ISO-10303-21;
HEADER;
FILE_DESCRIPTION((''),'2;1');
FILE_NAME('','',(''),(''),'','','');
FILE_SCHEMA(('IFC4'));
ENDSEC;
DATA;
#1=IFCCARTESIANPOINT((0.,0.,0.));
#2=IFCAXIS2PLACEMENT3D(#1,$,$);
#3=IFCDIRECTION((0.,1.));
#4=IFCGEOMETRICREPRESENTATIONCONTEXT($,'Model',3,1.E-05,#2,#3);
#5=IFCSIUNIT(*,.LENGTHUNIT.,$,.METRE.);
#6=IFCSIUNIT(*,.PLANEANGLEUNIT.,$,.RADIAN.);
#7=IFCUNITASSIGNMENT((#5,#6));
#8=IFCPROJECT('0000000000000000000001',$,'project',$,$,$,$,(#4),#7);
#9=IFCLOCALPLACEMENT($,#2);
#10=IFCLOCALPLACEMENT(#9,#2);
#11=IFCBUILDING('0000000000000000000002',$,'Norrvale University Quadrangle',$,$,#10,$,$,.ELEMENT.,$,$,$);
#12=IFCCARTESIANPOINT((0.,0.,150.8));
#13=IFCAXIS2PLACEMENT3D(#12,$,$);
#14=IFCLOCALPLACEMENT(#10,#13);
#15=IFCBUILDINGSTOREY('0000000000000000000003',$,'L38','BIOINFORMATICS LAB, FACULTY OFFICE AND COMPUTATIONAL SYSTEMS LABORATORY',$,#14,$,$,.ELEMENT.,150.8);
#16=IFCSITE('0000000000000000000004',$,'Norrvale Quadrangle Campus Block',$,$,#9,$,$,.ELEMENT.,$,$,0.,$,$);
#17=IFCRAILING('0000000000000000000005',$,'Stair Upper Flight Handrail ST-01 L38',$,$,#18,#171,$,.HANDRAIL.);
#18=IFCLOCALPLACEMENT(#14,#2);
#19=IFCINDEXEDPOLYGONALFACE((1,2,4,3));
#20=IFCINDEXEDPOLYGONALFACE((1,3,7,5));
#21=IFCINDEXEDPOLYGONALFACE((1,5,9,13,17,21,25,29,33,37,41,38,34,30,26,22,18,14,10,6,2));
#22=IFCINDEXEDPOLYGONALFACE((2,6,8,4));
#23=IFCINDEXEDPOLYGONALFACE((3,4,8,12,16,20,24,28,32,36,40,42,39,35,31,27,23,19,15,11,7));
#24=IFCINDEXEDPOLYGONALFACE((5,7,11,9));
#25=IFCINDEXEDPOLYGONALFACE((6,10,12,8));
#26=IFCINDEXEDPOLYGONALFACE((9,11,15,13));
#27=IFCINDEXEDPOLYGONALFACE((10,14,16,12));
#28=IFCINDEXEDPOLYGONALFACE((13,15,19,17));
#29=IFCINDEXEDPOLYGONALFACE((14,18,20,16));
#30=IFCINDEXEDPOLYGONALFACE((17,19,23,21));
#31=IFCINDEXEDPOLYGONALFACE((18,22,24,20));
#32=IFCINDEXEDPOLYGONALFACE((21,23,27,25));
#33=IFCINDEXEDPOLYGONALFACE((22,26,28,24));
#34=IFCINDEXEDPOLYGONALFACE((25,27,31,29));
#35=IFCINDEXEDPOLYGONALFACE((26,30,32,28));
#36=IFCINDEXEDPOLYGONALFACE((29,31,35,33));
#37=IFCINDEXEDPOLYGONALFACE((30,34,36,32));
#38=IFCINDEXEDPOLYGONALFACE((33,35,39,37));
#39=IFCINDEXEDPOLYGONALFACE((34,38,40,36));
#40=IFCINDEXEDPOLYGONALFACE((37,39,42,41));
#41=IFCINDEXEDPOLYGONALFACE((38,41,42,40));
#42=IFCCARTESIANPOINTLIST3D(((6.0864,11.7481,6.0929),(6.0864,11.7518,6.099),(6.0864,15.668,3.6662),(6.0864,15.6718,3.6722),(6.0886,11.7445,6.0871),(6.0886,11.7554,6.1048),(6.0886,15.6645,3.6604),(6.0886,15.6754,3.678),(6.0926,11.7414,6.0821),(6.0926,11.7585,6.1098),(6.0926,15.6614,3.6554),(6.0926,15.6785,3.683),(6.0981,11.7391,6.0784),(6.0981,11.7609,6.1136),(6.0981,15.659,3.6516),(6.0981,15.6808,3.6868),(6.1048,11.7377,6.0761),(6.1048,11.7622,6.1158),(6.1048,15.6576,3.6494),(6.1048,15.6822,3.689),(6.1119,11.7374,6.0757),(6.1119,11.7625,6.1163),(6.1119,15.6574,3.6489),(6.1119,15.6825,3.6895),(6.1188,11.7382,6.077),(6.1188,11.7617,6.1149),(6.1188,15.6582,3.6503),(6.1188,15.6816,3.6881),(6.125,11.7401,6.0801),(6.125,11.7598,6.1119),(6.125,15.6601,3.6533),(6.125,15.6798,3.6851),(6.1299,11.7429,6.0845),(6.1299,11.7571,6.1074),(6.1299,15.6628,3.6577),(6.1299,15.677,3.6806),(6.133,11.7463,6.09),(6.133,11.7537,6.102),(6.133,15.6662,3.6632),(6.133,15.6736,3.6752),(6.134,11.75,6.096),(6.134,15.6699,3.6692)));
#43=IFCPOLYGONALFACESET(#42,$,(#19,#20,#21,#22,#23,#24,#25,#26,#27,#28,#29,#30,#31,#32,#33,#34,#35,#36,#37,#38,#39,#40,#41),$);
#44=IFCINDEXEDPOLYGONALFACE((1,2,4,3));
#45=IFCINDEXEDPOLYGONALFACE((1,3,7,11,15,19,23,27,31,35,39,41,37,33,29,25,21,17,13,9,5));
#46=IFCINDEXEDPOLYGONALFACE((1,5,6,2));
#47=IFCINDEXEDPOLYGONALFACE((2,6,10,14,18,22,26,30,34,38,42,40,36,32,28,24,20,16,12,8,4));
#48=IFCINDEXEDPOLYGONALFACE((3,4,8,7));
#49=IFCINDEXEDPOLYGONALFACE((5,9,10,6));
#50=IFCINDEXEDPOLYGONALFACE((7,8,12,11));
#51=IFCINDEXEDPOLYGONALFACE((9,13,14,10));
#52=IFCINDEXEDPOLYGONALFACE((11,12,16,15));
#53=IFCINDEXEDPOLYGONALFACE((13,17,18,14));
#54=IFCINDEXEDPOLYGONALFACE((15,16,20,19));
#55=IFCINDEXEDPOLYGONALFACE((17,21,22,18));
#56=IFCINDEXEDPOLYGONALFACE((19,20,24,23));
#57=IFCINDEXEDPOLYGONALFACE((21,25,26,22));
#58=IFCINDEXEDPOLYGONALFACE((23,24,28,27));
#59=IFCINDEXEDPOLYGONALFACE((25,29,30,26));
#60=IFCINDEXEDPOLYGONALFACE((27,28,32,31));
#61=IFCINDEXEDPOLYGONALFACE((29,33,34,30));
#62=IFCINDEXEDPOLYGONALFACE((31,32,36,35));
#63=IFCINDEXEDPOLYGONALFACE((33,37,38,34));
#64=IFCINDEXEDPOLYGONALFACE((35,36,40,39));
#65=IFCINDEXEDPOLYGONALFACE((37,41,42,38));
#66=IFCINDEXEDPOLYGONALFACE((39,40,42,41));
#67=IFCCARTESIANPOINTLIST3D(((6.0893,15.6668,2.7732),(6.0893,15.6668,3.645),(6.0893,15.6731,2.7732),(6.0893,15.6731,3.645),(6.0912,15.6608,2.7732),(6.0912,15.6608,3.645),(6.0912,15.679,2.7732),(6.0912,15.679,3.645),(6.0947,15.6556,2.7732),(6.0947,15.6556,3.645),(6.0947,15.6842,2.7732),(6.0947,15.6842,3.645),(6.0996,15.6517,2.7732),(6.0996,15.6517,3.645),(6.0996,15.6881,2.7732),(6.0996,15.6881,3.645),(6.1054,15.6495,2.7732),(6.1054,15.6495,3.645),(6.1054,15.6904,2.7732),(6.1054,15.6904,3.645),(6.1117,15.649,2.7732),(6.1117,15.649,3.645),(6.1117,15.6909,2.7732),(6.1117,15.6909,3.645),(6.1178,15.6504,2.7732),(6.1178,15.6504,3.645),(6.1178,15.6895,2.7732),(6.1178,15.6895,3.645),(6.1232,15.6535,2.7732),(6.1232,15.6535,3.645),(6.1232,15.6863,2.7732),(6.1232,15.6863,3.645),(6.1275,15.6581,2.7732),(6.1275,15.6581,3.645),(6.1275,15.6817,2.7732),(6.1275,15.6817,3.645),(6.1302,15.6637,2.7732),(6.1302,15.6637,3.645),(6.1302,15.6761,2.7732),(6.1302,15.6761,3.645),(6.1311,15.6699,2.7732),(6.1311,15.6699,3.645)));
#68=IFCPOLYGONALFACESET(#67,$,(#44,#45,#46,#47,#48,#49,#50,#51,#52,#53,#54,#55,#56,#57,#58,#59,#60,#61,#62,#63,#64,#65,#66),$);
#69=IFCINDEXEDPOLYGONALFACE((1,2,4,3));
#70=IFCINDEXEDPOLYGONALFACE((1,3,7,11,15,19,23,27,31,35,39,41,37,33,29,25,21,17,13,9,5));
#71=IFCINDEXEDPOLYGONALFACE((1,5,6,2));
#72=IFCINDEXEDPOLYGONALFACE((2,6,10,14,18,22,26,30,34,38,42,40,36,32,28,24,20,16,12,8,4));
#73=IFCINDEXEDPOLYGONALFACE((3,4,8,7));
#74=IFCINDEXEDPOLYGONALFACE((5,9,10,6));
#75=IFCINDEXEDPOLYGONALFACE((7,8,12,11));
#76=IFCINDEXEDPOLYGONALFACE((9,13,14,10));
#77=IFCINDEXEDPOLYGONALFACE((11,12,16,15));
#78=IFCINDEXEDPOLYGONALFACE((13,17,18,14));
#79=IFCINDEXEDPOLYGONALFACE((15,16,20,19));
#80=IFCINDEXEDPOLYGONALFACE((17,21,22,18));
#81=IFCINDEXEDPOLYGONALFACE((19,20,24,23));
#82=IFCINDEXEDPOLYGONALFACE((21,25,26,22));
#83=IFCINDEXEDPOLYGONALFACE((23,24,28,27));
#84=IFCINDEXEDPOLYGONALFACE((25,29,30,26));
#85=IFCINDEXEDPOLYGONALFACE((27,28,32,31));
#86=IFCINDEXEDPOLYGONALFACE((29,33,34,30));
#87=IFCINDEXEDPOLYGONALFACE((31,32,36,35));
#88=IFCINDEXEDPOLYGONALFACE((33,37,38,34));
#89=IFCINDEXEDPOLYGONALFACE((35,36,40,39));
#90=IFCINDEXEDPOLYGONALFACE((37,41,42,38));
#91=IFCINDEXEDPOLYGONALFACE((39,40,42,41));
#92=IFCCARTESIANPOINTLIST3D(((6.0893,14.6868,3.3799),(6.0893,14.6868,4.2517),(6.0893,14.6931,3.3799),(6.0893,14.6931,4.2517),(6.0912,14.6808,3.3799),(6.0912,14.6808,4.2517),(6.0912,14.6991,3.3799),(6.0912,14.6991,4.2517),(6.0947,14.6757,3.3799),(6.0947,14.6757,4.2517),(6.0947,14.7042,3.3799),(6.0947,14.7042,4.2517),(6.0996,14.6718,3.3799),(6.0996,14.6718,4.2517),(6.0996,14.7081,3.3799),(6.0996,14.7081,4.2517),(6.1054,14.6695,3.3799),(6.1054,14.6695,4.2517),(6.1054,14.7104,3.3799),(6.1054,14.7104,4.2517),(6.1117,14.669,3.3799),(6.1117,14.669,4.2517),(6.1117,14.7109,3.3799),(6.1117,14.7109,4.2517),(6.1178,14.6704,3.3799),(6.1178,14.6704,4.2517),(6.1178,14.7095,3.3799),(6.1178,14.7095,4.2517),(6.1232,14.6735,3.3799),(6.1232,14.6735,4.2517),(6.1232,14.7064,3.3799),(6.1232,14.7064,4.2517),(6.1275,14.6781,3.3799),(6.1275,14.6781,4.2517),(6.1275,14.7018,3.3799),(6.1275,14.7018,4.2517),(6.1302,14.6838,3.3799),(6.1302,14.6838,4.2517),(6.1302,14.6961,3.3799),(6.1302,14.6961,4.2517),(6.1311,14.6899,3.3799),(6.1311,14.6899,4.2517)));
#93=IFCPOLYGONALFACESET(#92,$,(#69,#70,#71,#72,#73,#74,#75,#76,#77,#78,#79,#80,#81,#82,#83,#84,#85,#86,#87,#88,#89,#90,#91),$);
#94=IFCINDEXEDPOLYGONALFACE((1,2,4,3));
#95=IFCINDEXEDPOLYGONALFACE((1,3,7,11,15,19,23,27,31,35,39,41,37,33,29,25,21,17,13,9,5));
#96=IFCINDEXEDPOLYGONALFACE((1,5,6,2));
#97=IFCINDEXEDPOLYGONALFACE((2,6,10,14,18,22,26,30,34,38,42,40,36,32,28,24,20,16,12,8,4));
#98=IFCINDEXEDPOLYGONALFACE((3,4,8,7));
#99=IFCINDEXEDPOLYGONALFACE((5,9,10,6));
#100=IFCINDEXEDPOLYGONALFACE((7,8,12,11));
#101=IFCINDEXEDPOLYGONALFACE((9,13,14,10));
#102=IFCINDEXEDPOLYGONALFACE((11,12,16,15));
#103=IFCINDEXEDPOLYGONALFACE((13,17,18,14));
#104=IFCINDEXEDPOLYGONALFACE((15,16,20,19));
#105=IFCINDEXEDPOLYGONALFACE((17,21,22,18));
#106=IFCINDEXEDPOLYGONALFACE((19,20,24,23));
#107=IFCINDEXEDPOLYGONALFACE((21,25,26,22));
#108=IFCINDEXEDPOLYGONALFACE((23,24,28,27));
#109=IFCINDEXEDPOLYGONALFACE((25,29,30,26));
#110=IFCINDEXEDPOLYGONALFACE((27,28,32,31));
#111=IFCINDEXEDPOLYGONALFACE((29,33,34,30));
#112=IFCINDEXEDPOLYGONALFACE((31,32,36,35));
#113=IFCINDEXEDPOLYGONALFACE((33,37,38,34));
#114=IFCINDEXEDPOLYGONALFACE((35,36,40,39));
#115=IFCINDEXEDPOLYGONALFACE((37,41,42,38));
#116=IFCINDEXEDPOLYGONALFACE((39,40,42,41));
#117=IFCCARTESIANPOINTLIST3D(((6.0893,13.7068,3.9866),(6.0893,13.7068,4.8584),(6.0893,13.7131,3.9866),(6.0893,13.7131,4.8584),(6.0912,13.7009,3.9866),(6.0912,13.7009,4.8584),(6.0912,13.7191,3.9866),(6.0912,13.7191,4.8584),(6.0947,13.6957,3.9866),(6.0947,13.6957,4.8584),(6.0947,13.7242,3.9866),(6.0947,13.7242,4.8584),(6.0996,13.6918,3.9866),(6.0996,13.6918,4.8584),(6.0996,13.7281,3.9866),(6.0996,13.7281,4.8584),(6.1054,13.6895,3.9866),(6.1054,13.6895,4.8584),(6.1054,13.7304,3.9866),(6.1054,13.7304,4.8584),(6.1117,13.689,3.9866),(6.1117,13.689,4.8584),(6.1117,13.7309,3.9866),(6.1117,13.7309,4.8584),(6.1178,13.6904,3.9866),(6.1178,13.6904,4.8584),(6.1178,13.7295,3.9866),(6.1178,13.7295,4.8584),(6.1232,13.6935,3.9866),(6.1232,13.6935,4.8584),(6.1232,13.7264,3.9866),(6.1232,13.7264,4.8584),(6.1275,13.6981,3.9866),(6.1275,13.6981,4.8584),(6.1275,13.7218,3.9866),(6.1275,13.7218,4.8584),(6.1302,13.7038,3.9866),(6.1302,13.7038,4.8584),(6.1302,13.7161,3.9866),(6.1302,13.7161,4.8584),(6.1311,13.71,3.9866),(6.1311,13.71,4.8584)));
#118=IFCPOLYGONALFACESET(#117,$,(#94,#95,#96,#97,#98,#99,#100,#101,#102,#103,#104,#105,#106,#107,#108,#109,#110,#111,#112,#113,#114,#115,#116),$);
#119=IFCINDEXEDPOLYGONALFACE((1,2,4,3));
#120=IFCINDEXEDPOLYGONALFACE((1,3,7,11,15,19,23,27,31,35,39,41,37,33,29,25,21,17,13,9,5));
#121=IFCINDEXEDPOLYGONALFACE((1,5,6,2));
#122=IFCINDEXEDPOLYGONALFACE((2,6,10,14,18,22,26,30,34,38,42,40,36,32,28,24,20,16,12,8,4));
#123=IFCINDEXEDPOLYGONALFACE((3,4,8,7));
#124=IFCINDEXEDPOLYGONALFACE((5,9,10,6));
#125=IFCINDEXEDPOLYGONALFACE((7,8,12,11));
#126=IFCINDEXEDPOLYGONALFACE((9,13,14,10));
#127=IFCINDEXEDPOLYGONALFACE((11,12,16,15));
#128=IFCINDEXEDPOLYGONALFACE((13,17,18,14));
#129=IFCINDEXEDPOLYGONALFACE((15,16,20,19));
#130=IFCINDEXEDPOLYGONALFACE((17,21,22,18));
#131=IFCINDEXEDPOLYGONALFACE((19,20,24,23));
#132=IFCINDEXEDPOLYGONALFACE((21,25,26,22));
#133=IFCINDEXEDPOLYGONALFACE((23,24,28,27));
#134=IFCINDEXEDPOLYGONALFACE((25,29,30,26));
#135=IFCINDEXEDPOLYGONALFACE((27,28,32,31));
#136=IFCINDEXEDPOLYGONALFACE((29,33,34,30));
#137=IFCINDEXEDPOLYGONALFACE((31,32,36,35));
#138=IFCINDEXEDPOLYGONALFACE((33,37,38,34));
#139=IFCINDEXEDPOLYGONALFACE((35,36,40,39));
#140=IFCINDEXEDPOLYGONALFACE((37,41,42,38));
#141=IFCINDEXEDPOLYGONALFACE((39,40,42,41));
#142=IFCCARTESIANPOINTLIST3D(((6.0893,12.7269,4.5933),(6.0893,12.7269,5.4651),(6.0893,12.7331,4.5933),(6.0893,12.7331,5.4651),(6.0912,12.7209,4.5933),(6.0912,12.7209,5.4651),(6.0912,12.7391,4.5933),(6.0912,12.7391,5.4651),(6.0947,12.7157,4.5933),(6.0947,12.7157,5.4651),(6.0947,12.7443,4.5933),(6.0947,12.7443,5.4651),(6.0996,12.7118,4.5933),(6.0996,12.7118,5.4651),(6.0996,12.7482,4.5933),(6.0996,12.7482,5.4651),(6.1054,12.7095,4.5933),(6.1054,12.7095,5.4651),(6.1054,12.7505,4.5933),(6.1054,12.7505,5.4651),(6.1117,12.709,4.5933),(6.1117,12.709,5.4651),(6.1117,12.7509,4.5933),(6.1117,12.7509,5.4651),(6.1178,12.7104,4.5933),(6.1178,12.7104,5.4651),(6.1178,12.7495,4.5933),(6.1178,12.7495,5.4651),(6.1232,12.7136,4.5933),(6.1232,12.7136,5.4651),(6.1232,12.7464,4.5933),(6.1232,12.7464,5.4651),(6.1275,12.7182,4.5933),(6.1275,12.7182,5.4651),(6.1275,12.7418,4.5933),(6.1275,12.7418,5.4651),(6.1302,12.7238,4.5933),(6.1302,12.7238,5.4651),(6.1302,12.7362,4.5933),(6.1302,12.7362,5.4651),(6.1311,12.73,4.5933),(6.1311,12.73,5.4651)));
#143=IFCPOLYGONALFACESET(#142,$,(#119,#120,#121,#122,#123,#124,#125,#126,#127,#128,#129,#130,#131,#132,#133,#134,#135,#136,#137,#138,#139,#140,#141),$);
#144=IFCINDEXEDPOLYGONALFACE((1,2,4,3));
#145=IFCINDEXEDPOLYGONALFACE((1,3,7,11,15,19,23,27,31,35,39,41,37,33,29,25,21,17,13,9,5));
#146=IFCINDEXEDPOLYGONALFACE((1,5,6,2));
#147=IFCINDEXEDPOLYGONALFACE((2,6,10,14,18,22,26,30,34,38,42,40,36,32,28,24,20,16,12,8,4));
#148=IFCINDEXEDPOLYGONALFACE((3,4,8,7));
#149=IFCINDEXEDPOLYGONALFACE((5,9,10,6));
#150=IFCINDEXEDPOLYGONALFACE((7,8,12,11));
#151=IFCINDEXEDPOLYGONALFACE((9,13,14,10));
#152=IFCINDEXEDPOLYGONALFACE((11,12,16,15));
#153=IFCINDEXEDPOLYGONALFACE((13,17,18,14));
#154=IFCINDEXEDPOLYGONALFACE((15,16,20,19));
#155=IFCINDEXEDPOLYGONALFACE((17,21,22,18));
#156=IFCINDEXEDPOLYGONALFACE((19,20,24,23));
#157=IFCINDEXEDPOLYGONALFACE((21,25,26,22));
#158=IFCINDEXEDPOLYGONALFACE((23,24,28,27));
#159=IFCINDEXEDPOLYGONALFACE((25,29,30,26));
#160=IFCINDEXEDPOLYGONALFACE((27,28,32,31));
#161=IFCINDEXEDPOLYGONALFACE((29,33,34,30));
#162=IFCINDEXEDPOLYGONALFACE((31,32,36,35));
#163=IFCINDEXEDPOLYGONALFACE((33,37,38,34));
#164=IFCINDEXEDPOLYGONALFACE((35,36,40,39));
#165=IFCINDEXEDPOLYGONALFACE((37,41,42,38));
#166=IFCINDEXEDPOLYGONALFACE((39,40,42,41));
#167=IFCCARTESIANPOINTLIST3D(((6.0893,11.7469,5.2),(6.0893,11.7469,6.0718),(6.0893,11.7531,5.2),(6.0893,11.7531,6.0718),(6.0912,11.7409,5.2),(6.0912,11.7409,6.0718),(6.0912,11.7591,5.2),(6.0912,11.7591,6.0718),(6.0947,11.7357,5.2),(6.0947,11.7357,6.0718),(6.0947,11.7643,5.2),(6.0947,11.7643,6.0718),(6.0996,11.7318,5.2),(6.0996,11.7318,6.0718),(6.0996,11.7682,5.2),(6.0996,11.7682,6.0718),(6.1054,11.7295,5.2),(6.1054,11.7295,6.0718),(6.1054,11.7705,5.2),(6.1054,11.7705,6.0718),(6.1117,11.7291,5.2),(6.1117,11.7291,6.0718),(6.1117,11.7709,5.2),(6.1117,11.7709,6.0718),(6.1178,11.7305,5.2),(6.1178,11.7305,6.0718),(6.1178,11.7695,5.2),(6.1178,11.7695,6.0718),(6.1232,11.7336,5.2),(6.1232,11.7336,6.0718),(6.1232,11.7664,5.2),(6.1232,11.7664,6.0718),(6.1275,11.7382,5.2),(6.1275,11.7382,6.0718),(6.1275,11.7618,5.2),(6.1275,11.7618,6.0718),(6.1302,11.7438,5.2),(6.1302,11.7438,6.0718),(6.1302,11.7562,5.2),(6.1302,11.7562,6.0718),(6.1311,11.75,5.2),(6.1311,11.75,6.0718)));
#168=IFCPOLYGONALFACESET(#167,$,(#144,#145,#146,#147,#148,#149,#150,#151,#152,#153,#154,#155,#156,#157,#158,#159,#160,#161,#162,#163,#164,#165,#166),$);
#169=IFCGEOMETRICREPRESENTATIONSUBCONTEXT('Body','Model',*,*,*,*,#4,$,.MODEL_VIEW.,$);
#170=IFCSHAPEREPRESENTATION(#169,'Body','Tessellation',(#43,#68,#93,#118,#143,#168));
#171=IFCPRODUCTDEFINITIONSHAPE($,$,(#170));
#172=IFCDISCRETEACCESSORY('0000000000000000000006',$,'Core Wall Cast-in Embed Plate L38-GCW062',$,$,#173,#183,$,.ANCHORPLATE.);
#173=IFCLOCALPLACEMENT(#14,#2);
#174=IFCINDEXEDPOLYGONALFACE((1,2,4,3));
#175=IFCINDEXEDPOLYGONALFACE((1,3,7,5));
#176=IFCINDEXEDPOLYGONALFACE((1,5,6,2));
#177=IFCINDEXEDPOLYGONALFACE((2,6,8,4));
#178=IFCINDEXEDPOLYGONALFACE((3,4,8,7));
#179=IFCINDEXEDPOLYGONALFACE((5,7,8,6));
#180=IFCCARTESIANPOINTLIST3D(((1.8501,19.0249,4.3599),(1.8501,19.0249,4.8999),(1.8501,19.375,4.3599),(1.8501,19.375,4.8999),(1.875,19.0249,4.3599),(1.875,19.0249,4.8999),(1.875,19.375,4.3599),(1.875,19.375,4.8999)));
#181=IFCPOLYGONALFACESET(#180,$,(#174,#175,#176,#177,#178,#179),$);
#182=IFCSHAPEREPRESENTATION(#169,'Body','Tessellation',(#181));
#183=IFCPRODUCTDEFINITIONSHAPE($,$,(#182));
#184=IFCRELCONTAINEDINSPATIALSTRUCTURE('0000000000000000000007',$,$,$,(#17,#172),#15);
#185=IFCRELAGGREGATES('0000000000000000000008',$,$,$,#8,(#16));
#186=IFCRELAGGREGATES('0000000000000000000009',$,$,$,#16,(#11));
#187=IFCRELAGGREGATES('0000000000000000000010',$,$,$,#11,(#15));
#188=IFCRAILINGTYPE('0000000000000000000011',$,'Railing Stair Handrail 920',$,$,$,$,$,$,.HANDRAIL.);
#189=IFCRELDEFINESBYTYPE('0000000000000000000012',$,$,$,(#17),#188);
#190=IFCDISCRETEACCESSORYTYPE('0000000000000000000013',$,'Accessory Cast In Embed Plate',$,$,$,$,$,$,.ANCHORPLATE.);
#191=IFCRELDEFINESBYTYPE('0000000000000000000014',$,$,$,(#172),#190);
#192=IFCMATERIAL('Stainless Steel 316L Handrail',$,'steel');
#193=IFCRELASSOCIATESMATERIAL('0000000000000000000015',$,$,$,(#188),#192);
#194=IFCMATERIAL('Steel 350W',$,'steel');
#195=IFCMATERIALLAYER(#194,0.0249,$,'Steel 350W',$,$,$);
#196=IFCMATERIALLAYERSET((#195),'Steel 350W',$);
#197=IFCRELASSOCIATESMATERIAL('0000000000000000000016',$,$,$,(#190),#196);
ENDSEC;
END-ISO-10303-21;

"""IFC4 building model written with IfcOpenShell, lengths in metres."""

from ifc_helpers import new_model, si_unit, direction, frame, origin, origin_2d, place, context, subcontext, project, spatial, rectangle, circle, extrude, material, layer, layer_set, type_object, element, save


model = new_model("IFC4")

# Units and contexts
model_context = context("Model", 3, precision=1e-05, world=origin(), true_north=direction((0.0, 1.0)))
body_context = subcontext(model_context, "Body", "Model", "MODEL_VIEW")
ifc_project = project(units=[si_unit("LENGTHUNIT", "METRE"), si_unit("PLANEANGLEUNIT", "RADIAN")], contexts=[model_context])

# Site, building, storey
site_placement = place(None, origin())
site = spatial("IfcSite", under=ifc_project, at=site_placement, Name="Norrvale Quadrangle Campus Block", CompositionType="ELEMENT", RefElevation=0.0)
building_placement = place(site_placement, origin())
building = spatial("IfcBuilding", under=site, at=building_placement, Name="Norrvale University Quadrangle", CompositionType="ELEMENT")
storey_placement = place(building_placement, frame((0.0, 0.0, 150.8)))
storey = spatial("IfcBuildingStorey", under=building, at=storey_placement, Name="L38", Description="BIOINFORMATICS LAB, FACULTY OFFICE AND COMPUTATIONAL SYSTEMS LABORATORY", CompositionType="ELEMENT", Elevation=150.8)

# Shared definitions
ifc_material_1 = material(Name="Steel 350W", Category="steel")

# Railing
ifc_material_2 = material(Name="Stainless Steel 316L Handrail", Category="steel")
railing_type_1 = type_object("IfcRailingType", Name="Railing Stair Handrail 920", PredefinedType="HANDRAIL", material=ifc_material_2)
railing_1_placement = place(storey_placement, frame((6.1101, 15.6699, 2.7732)))
element("IfcRailing", 1, at=railing_1_placement, inside=storey, type_object=railing_type_1, Name="Stair Upper Flight Handrail ST-01 L38", PredefinedType="HANDRAIL", context=body_context, shape_type="SweptSolid", body=[
    extrude(circle(Radius=0.0239, at=origin_2d()), frame((0.0, 0.0, 0.896), z_axis=(0.0, -0.850252, 0.526376), x_axis=(1.0, 0.0, 0.0)), (0.0, 0.0, 1.0), 4.6104),
    extrude(circle(Radius=0.021, at=origin_2d()), origin(), (0.0, 0.0, 1.0), 0.8718),
    extrude(circle(Radius=0.021, at=origin_2d()), frame((0.0, -0.98, 0.6067)), (0.0, 0.0, 1.0), 0.8718),
    extrude(circle(Radius=0.021, at=origin_2d()), frame((0.0, -1.96, 1.2134)), (0.0, 0.0, 1.0), 0.8718),
    extrude(circle(Radius=0.021, at=origin_2d()), frame((0.0, -2.9399, 1.8201)), (0.0, 0.0, 1.0), 0.8718),
    extrude(circle(Radius=0.021, at=origin_2d()), frame((0.0, -3.9199, 2.4268)), (0.0, 0.0, 1.0), 0.8718),
])

# Discrete accessory
ifc_layer_1 = layer(ifc_material_1, 0.0249, Name="Steel 350W")
ifc_layer_set_1 = layer_set([ifc_layer_1], Name="Steel 350W")
discrete_accessory_type = type_object("IfcDiscreteAccessoryType", Name="Accessory Cast In Embed Plate", PredefinedType="ANCHORPLATE", material=ifc_layer_set_1)
discrete_accessory_placement = place(storey_placement, frame((1.8625, 19.2, 4.3599), z_axis=(0.0, 0.0, 1.0), x_axis=(1.0, 0.0, 0.0)))
element("IfcDiscreteAccessory", 2, at=discrete_accessory_placement, inside=storey, type_object=discrete_accessory_type, Name="Core Wall Cast-in Embed Plate L38-GCW062", PredefinedType="ANCHORPLATE", context=body_context, shape_type="SweptSolid", body=[
    extrude(rectangle(XDim=0.0249, YDim=0.3501, at=origin_2d()), origin(), (0.0, 0.0, 1.0), 0.54),
])

save(model, "model.ifc")
